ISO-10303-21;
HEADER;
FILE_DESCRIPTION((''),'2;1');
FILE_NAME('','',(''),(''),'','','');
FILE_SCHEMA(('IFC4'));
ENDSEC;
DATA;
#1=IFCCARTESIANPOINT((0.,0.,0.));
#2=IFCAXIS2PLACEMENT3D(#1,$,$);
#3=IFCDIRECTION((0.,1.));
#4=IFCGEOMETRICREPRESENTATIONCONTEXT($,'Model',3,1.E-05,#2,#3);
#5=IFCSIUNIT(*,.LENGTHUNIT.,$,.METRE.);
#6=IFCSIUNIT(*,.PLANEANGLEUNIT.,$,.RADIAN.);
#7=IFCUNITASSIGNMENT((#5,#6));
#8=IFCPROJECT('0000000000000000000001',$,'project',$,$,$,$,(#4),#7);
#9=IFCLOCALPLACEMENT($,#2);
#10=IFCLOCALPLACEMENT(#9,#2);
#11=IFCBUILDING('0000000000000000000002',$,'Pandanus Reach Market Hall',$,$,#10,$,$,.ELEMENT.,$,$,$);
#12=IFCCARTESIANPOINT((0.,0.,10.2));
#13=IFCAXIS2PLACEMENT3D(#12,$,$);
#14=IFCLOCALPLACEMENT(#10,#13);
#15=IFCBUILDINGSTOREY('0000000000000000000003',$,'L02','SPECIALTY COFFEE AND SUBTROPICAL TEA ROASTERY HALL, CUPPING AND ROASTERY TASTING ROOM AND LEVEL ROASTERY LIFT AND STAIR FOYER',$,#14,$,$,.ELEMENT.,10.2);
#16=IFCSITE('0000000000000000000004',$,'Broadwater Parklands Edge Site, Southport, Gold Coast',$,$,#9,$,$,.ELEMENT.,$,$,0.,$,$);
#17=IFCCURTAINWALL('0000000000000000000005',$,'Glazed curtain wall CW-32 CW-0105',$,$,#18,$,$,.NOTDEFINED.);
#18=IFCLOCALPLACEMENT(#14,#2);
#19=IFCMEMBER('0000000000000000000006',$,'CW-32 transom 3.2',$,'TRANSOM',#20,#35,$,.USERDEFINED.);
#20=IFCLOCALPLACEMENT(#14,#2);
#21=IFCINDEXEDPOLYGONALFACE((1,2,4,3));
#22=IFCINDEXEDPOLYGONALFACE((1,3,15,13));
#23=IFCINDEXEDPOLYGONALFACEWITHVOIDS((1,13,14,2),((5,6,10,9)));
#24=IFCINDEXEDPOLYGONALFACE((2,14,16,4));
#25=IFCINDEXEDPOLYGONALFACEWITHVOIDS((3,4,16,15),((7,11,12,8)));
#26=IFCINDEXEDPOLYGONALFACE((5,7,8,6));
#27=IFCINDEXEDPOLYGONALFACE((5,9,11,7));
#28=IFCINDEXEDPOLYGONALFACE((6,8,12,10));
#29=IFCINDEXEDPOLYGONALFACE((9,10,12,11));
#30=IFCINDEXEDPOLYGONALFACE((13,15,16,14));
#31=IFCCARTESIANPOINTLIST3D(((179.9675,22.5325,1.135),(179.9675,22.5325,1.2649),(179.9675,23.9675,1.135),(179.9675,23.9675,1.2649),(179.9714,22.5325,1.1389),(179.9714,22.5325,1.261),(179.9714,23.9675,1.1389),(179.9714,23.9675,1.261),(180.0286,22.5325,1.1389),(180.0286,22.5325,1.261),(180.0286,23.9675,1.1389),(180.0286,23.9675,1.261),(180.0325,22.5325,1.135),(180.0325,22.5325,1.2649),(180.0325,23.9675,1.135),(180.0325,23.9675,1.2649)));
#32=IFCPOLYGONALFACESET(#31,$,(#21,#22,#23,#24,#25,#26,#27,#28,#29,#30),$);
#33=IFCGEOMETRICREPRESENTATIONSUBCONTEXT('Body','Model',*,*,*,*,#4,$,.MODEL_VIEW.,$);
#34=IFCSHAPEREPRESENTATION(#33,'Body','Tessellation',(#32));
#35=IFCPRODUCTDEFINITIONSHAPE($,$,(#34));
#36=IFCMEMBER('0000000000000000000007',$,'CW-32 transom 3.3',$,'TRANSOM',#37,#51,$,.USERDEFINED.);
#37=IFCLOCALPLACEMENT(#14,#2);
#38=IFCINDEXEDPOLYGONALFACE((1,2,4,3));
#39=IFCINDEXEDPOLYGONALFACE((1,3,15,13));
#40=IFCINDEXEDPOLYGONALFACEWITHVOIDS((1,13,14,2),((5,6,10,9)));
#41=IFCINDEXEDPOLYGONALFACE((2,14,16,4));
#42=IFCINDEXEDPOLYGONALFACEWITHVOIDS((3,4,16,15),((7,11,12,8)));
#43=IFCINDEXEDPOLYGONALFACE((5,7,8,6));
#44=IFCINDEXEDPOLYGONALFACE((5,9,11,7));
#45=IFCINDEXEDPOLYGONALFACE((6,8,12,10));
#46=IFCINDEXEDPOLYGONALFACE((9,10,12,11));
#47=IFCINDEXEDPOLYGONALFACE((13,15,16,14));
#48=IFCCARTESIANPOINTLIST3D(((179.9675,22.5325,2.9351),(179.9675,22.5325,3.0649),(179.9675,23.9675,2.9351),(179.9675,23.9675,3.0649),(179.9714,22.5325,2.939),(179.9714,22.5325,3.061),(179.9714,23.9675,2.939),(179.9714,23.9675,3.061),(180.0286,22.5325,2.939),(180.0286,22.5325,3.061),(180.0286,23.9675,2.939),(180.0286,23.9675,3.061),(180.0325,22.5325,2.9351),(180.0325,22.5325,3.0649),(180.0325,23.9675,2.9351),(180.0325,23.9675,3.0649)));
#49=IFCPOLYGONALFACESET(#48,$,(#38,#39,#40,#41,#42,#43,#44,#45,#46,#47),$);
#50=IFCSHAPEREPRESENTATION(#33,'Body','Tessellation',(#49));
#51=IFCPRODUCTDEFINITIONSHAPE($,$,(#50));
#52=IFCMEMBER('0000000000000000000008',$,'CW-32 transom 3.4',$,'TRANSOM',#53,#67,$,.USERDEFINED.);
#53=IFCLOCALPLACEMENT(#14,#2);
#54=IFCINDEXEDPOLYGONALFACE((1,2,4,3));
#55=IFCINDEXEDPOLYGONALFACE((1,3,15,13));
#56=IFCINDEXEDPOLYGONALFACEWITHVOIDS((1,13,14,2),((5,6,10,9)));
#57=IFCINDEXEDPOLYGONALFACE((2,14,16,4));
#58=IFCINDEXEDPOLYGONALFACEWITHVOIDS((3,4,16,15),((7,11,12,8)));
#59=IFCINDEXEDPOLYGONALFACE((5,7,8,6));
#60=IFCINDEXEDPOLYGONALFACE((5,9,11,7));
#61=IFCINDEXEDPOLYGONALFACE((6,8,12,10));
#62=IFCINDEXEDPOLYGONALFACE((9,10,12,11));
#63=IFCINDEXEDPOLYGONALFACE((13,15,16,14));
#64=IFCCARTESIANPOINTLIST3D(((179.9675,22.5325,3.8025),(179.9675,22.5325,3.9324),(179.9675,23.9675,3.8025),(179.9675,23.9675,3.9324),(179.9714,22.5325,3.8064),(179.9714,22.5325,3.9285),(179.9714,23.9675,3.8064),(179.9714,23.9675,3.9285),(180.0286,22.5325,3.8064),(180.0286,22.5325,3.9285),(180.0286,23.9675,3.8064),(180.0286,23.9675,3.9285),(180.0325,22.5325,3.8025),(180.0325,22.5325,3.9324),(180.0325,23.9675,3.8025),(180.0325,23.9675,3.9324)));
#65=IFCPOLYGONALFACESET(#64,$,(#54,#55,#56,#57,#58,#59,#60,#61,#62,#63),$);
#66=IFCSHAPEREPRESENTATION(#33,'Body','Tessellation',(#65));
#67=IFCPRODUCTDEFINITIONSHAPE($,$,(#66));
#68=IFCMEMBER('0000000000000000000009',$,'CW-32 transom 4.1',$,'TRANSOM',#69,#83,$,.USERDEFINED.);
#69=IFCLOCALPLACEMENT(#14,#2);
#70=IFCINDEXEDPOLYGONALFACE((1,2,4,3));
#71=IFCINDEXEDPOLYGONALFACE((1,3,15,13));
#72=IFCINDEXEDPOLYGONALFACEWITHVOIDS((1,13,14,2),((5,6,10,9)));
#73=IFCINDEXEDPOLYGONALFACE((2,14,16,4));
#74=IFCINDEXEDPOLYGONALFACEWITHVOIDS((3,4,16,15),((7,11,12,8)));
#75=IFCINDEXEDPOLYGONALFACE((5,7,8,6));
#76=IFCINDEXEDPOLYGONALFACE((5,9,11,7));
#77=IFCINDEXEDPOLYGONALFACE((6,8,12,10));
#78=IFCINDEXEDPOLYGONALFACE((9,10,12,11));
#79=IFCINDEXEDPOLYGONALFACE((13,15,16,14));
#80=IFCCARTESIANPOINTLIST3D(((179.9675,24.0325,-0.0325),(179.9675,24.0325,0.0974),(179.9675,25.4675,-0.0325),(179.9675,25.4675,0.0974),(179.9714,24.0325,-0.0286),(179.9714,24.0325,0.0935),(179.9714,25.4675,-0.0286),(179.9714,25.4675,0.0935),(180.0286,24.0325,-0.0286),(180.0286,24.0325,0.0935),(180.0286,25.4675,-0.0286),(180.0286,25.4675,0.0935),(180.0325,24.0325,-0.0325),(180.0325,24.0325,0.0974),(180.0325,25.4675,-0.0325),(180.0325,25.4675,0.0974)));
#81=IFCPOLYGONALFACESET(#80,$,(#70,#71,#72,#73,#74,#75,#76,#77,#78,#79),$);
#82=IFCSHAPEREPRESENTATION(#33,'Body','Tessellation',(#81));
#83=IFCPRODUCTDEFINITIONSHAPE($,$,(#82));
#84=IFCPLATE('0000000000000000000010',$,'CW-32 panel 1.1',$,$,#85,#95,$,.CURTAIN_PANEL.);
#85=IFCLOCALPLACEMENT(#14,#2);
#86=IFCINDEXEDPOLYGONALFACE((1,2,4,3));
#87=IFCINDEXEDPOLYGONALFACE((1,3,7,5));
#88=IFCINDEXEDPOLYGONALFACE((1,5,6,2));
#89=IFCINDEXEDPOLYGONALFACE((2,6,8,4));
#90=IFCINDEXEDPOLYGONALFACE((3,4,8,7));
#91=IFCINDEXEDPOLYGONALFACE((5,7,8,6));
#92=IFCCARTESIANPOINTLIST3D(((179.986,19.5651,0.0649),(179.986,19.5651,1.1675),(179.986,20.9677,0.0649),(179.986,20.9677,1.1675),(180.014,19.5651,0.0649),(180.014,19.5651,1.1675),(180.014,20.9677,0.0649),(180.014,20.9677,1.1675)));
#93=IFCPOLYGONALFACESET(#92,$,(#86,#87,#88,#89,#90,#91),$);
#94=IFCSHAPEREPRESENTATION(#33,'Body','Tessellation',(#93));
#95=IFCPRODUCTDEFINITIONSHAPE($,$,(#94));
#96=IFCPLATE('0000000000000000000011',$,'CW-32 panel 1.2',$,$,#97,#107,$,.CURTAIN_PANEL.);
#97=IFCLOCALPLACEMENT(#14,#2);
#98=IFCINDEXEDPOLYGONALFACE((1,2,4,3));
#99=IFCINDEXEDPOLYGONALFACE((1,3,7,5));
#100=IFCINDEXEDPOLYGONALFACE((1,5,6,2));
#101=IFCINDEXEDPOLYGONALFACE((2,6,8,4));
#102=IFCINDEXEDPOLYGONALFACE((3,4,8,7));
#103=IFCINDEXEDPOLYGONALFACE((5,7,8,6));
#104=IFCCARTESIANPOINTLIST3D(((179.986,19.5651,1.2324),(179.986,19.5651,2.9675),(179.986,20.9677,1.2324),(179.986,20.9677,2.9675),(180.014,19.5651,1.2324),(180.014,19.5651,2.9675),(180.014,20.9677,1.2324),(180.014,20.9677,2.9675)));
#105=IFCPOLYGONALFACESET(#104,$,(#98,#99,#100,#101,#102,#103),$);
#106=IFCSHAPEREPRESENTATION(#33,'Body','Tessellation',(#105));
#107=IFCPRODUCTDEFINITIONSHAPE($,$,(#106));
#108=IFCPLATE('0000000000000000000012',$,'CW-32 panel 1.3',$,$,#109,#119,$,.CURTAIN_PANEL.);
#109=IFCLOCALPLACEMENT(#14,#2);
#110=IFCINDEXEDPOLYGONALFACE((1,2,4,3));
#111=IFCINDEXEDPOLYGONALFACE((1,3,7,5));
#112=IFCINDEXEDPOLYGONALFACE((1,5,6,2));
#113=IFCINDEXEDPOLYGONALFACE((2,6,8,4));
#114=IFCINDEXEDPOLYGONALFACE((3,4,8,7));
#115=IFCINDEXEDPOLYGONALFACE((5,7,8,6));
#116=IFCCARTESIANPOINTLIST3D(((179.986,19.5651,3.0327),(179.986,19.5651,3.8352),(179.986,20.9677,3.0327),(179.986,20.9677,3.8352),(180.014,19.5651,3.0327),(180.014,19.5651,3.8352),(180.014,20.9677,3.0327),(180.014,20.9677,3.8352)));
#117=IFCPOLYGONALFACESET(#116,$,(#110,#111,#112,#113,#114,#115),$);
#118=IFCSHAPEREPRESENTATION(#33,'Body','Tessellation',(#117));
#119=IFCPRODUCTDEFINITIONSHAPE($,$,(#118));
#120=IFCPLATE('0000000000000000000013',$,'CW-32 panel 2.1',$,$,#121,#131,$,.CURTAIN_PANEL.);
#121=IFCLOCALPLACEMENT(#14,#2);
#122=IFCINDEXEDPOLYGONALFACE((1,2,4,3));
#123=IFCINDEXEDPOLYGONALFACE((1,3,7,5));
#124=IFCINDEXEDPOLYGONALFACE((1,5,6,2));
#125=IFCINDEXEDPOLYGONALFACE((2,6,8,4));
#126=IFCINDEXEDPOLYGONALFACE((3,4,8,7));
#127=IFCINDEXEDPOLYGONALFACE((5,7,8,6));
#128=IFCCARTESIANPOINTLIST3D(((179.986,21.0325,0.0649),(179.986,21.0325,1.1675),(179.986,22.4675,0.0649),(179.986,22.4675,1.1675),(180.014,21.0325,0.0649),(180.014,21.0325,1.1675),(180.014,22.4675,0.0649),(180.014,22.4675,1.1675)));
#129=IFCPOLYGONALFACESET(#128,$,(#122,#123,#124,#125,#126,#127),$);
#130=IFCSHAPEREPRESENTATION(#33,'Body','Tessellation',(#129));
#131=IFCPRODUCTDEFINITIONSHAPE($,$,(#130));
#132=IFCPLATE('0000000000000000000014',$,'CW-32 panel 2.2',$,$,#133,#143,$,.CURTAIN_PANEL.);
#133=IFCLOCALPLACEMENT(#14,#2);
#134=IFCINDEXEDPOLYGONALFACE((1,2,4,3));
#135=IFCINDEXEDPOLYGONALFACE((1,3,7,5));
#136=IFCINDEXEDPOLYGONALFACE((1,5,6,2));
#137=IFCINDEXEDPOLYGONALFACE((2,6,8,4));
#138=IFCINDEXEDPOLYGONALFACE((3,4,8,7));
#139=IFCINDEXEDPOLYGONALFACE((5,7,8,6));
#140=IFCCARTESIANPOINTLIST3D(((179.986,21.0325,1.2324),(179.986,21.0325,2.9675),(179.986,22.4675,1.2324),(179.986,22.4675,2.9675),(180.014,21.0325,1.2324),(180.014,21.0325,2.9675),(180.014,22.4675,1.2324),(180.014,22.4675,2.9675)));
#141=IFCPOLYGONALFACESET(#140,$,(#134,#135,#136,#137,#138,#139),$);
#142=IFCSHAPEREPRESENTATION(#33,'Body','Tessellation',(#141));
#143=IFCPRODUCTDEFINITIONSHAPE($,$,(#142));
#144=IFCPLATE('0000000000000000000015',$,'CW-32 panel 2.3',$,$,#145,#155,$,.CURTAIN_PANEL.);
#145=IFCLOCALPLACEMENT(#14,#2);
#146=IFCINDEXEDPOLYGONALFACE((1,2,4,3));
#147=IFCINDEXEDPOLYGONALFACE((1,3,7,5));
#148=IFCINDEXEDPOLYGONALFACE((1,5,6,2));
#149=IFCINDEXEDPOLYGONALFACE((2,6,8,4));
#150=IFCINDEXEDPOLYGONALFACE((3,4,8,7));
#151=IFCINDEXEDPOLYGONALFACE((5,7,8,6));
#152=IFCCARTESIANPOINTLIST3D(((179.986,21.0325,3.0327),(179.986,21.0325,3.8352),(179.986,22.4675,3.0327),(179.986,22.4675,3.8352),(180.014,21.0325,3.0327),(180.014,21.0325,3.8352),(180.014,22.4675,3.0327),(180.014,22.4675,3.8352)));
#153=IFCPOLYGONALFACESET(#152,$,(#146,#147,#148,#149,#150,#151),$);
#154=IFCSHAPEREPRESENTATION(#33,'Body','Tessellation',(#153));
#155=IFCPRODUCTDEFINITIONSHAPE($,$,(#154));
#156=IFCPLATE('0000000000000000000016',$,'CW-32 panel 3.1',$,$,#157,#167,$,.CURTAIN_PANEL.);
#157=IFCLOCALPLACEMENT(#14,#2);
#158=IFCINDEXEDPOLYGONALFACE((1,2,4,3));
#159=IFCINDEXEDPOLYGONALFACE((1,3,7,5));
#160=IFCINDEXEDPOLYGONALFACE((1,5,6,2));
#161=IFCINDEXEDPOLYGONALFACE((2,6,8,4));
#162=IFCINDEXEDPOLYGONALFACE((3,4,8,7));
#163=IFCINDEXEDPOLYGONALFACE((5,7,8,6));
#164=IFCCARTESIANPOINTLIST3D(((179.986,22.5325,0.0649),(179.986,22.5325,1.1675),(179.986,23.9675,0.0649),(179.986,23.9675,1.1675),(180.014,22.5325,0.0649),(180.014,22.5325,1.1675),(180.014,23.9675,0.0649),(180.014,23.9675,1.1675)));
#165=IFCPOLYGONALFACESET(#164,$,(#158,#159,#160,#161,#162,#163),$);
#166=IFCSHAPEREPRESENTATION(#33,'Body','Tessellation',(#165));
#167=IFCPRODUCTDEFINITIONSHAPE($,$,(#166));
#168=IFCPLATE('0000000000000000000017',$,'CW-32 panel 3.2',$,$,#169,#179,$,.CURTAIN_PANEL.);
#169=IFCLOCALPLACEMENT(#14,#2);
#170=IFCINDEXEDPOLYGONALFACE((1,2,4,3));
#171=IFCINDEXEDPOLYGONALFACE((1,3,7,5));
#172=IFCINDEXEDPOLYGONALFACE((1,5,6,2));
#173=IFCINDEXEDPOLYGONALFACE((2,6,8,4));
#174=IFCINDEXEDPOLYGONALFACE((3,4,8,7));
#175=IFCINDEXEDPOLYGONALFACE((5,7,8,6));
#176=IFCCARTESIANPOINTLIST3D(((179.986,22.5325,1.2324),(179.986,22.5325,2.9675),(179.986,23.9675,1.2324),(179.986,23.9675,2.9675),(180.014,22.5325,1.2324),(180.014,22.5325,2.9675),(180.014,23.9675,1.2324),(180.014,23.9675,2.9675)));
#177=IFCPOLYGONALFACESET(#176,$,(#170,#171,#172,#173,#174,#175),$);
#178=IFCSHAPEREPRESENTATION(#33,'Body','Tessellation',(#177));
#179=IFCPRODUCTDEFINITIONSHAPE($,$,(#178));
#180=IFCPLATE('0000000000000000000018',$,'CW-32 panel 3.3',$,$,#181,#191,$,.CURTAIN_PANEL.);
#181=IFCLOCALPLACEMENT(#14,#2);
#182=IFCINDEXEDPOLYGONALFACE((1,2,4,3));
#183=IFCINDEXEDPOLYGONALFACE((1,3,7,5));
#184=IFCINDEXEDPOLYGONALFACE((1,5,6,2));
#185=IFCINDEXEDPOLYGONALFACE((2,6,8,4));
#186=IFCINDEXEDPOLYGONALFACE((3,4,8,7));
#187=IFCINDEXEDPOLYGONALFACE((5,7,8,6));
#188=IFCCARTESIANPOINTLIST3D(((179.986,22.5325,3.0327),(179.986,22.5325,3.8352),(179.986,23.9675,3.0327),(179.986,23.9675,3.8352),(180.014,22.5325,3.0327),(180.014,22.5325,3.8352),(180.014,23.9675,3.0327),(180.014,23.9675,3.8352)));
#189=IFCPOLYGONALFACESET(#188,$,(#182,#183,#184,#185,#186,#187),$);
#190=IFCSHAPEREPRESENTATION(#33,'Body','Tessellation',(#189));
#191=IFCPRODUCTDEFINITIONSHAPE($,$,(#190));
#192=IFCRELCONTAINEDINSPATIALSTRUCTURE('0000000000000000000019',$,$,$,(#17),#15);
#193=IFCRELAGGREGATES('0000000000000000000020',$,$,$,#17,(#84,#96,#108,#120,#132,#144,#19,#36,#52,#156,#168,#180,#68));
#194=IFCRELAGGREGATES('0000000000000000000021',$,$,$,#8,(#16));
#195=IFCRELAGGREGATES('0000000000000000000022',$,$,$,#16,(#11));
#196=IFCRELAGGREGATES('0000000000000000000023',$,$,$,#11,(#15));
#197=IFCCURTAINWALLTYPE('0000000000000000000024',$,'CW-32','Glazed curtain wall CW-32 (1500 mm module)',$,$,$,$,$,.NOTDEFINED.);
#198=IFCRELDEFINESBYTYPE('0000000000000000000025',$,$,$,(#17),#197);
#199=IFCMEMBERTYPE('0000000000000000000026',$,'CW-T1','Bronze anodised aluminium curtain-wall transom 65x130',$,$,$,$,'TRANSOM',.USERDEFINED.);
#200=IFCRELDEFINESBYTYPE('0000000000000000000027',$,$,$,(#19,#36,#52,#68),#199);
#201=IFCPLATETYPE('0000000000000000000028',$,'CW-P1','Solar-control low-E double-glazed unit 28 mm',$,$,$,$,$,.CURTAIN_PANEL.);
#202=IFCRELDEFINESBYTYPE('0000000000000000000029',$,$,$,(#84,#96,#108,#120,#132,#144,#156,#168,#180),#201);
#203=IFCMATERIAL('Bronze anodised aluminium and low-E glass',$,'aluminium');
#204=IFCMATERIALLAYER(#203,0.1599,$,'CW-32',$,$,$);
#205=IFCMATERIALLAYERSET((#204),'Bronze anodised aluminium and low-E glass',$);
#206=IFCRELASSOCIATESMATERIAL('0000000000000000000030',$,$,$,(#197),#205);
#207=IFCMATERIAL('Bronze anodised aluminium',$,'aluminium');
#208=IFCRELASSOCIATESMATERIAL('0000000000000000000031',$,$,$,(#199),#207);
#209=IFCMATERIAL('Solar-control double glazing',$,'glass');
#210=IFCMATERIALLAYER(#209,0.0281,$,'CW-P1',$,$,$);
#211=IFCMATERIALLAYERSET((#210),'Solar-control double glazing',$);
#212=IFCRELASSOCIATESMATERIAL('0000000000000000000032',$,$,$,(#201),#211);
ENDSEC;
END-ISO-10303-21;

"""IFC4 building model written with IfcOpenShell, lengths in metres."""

from ifc_helpers import new_model, si_unit, direction, frame, origin, origin_2d, place, context, subcontext, project, spatial, rectangle, hollow_rectangle, extrude, material, layer, layer_set, material_profile, profile_set, type_object, element, aggregate, save


model = new_model("IFC4")

# Units and contexts
model_context = context("Model", 3, precision=1e-05, world=origin(), true_north=direction((0.0, 1.0)))
body_context = subcontext(model_context, "Body", "Model", "MODEL_VIEW")
ifc_project = project(units=[si_unit("LENGTHUNIT", "METRE"), si_unit("PLANEANGLEUNIT", "RADIAN")], contexts=[model_context])

# Site, building, storey
site_placement = place(None, origin())
site = spatial("IfcSite", under=ifc_project, at=site_placement, Name="Broadwater Parklands Edge Site, Southport, Gold Coast", CompositionType="ELEMENT", RefElevation=0.0)
building_placement = place(site_placement, origin())
building = spatial("IfcBuilding", under=site, at=building_placement, Name="Pandanus Reach Market Hall", CompositionType="ELEMENT")
storey_placement = place(building_placement, frame((0.0, 0.0, 10.2)))
storey = spatial("IfcBuildingStorey", under=building, at=storey_placement, Name="L02", Description="SPECIALTY COFFEE AND SUBTROPICAL TEA ROASTERY HALL, CUPPING AND ROASTERY TASTING ROOM AND LEVEL ROASTERY LIFT AND STAIR FOYER", CompositionType="ELEMENT", Elevation=10.2)

# Curtain wall, members, plates
ifc_material_1 = material(Name="Bronze anodised aluminium and low-E glass", Category="aluminium")
ifc_layer_1 = layer(ifc_material_1, 0.1599, Name="CW-32")
ifc_layer_set_1 = layer_set([ifc_layer_1], Name="Bronze anodised aluminium and low-E glass")
curtain_wall_type = type_object("IfcCurtainWallType", Name="CW-32", Description="Glazed curtain wall CW-32 (1500 mm module)", PredefinedType="NOTDEFINED", material=ifc_layer_set_1)
curtain_wall_placement = place(storey_placement, origin())
curtain_wall = element("IfcCurtainWall", 1, at=curtain_wall_placement, inside=storey, type_object=curtain_wall_type, Name="Glazed curtain wall CW-32 CW-0105", PredefinedType="NOTDEFINED")
ifc_material_2 = material(Name="Bronze anodised aluminium", Category="aluminium")
ifc_material_profile_1 = material_profile(ifc_material_2, hollow_rectangle(XDim=0.0649, YDim=0.1299, WallThickness=0.0039, at=origin_2d()), Name="ALU65x130", Category="LoadBearing")
ifc_profile_set_1 = profile_set([ifc_material_profile_1], Name="Bronze anodised aluminium")
member_type_1 = type_object("IfcMemberType", Name="CW-T1", Description="Bronze anodised aluminium curtain-wall transom 65x130", ElementType="TRANSOM", PredefinedType="USERDEFINED", material=ifc_profile_set_1)
member_1_placement = place(storey_placement, frame((180.0, 22.5325, 1.2), z_axis=(0.0, 1.0, 0.0), x_axis=(-1.0, 0.0, 0.0)))
member_1 = element("IfcMember", 2, at=member_1_placement, type_object=member_type_1, Name="CW-32 transom 3.2", ObjectType="TRANSOM", PredefinedType="USERDEFINED", context=body_context, shape_type="SweptSolid", body=[
    extrude(hollow_rectangle(XDim=0.0649, YDim=0.1299, WallThickness=0.0039, at=origin_2d()), origin(), (0.0, 0.0, 1.0), 1.4351),
])
member_2_placement = place(storey_placement, frame((180.0, 22.5325, 3.0), z_axis=(0.0, 1.0, 0.0), x_axis=(-1.0, 0.0, 0.0)))
member_2 = element("IfcMember", 3, at=member_2_placement, type_object=member_type_1, Name="CW-32 transom 3.3", ObjectType="TRANSOM", PredefinedType="USERDEFINED", context=body_context, shape_type="SweptSolid", body=[
    extrude(hollow_rectangle(XDim=0.0649, YDim=0.1299, WallThickness=0.0039, at=origin_2d()), origin(), (0.0, 0.0, 1.0), 1.4351),
])
member_3_placement = place(storey_placement, frame((180.0, 22.5325, 3.8674), z_axis=(0.0, 1.0, 0.0), x_axis=(-1.0, 0.0, 0.0)))
member_3 = element("IfcMember", 4, at=member_3_placement, type_object=member_type_1, Name="CW-32 transom 3.4", ObjectType="TRANSOM", PredefinedType="USERDEFINED", context=body_context, shape_type="SweptSolid", body=[
    extrude(hollow_rectangle(XDim=0.0649, YDim=0.1299, WallThickness=0.0039, at=origin_2d()), origin(), (0.0, 0.0, 1.0), 1.4351),
])
member_4_placement = place(storey_placement, frame((180.0, 24.0325, 0.0325), z_axis=(0.0, 1.0, 0.0), x_axis=(-1.0, 0.0, 0.0)))
member_4 = element("IfcMember", 5, at=member_4_placement, type_object=member_type_1, Name="CW-32 transom 4.1", ObjectType="TRANSOM", PredefinedType="USERDEFINED", context=body_context, shape_type="SweptSolid", body=[
    extrude(hollow_rectangle(XDim=0.0649, YDim=0.1299, WallThickness=0.0039, at=origin_2d()), origin(), (0.0, 0.0, 1.0), 1.4351),
])
ifc_material_3 = material(Name="Solar-control double glazing", Category="glass")
ifc_layer_2 = layer(ifc_material_3, 0.0281, Name="CW-P1")
ifc_layer_set_2 = layer_set([ifc_layer_2], Name="Solar-control double glazing")
plate_type = type_object("IfcPlateType", Name="CW-P1", Description="Solar-control low-E double-glazed unit 28 mm", PredefinedType="CURTAIN_PANEL", material=ifc_layer_set_2)
plate_1_placement = place(storey_placement, frame((180.0, 20.2664, 0.0649), z_axis=(0.0, 0.0, 1.0), x_axis=(0.0, 1.0, 0.0)))
plate_1 = element("IfcPlate", 6, at=plate_1_placement, type_object=plate_type, Name="CW-32 panel 1.1", PredefinedType="CURTAIN_PANEL", context=body_context, shape_type="SweptSolid", body=[
    extrude(rectangle(XDim=1.4026, YDim=0.0281, at=origin_2d()), origin(), (0.0, 0.0, 1.0), 1.1025),
])
plate_2_placement = place(storey_placement, frame((180.0, 20.2664, 1.2324), z_axis=(0.0, 0.0, 1.0), x_axis=(0.0, 1.0, 0.0)))
plate_2 = element("IfcPlate", 7, at=plate_2_placement, type_object=plate_type, Name="CW-32 panel 1.2", PredefinedType="CURTAIN_PANEL", context=body_context, shape_type="SweptSolid", body=[
    extrude(rectangle(XDim=1.4026, YDim=0.0281, at=origin_2d()), origin(), (0.0, 0.0, 1.0), 1.7351),
])
plate_3_placement = place(storey_placement, frame((180.0, 20.2664, 3.0327), z_axis=(0.0, 0.0, 1.0), x_axis=(0.0, 1.0, 0.0)))
plate_3 = element("IfcPlate", 8, at=plate_3_placement, type_object=plate_type, Name="CW-32 panel 1.3", PredefinedType="CURTAIN_PANEL", context=body_context, shape_type="SweptSolid", body=[
    extrude(rectangle(XDim=1.4026, YDim=0.0281, at=origin_2d()), origin(), (0.0, 0.0, 1.0), 0.8025),
])
plate_4_placement = place(storey_placement, frame((180.0, 21.75, 0.0649), z_axis=(0.0, 0.0, 1.0), x_axis=(0.0, 1.0, 0.0)))
plate_4 = element("IfcPlate", 9, at=plate_4_placement, type_object=plate_type, Name="CW-32 panel 2.1", PredefinedType="CURTAIN_PANEL", context=body_context, shape_type="SweptSolid", body=[
    extrude(rectangle(XDim=1.4351, YDim=0.0281, at=origin_2d()), origin(), (0.0, 0.0, 1.0), 1.1025),
])
plate_5_placement = place(storey_placement, frame((180.0, 21.75, 1.2324), z_axis=(0.0, 0.0, 1.0), x_axis=(0.0, 1.0, 0.0)))
plate_5 = element("IfcPlate", 10, at=plate_5_placement, type_object=plate_type, Name="CW-32 panel 2.2", PredefinedType="CURTAIN_PANEL", context=body_context, shape_type="SweptSolid", body=[
    extrude(rectangle(XDim=1.4351, YDim=0.0281, at=origin_2d()), origin(), (0.0, 0.0, 1.0), 1.7351),
])
plate_6_placement = place(storey_placement, frame((180.0, 21.75, 3.0327), z_axis=(0.0, 0.0, 1.0), x_axis=(0.0, 1.0, 0.0)))
plate_6 = element("IfcPlate", 11, at=plate_6_placement, type_object=plate_type, Name="CW-32 panel 2.3", PredefinedType="CURTAIN_PANEL", context=body_context, shape_type="SweptSolid", body=[
    extrude(rectangle(XDim=1.4351, YDim=0.0281, at=origin_2d()), origin(), (0.0, 0.0, 1.0), 0.8025),
])
plate_7_placement = place(storey_placement, frame((180.0, 23.25, 0.0649), z_axis=(0.0, 0.0, 1.0), x_axis=(0.0, 1.0, 0.0)))
plate_7 = element("IfcPlate", 12, at=plate_7_placement, type_object=plate_type, Name="CW-32 panel 3.1", PredefinedType="CURTAIN_PANEL", context=body_context, shape_type="SweptSolid", body=[
    extrude(rectangle(XDim=1.4351, YDim=0.0281, at=origin_2d()), origin(), (0.0, 0.0, 1.0), 1.1025),
])
plate_8_placement = place(storey_placement, frame((180.0, 23.25, 1.2324), z_axis=(0.0, 0.0, 1.0), x_axis=(0.0, 1.0, 0.0)))
plate_8 = element("IfcPlate", 13, at=plate_8_placement, type_object=plate_type, Name="CW-32 panel 3.2", PredefinedType="CURTAIN_PANEL", context=body_context, shape_type="SweptSolid", body=[
    extrude(rectangle(XDim=1.4351, YDim=0.0281, at=origin_2d()), origin(), (0.0, 0.0, 1.0), 1.7351),
])
plate_9_placement = place(storey_placement, frame((180.0, 23.25, 3.0327), z_axis=(0.0, 0.0, 1.0), x_axis=(0.0, 1.0, 0.0)))
plate_9 = element("IfcPlate", 14, at=plate_9_placement, type_object=plate_type, Name="CW-32 panel 3.3", PredefinedType="CURTAIN_PANEL", context=body_context, shape_type="SweptSolid", body=[
    extrude(rectangle(XDim=1.4351, YDim=0.0281, at=origin_2d()), origin(), (0.0, 0.0, 1.0), 0.8025),
])
aggregate(curtain_wall, [plate_1, plate_2, plate_3, plate_4, plate_5, plate_6, member_1, member_2, member_3, plate_7, plate_8, plate_9, member_4])

save(model, "model.ifc")
